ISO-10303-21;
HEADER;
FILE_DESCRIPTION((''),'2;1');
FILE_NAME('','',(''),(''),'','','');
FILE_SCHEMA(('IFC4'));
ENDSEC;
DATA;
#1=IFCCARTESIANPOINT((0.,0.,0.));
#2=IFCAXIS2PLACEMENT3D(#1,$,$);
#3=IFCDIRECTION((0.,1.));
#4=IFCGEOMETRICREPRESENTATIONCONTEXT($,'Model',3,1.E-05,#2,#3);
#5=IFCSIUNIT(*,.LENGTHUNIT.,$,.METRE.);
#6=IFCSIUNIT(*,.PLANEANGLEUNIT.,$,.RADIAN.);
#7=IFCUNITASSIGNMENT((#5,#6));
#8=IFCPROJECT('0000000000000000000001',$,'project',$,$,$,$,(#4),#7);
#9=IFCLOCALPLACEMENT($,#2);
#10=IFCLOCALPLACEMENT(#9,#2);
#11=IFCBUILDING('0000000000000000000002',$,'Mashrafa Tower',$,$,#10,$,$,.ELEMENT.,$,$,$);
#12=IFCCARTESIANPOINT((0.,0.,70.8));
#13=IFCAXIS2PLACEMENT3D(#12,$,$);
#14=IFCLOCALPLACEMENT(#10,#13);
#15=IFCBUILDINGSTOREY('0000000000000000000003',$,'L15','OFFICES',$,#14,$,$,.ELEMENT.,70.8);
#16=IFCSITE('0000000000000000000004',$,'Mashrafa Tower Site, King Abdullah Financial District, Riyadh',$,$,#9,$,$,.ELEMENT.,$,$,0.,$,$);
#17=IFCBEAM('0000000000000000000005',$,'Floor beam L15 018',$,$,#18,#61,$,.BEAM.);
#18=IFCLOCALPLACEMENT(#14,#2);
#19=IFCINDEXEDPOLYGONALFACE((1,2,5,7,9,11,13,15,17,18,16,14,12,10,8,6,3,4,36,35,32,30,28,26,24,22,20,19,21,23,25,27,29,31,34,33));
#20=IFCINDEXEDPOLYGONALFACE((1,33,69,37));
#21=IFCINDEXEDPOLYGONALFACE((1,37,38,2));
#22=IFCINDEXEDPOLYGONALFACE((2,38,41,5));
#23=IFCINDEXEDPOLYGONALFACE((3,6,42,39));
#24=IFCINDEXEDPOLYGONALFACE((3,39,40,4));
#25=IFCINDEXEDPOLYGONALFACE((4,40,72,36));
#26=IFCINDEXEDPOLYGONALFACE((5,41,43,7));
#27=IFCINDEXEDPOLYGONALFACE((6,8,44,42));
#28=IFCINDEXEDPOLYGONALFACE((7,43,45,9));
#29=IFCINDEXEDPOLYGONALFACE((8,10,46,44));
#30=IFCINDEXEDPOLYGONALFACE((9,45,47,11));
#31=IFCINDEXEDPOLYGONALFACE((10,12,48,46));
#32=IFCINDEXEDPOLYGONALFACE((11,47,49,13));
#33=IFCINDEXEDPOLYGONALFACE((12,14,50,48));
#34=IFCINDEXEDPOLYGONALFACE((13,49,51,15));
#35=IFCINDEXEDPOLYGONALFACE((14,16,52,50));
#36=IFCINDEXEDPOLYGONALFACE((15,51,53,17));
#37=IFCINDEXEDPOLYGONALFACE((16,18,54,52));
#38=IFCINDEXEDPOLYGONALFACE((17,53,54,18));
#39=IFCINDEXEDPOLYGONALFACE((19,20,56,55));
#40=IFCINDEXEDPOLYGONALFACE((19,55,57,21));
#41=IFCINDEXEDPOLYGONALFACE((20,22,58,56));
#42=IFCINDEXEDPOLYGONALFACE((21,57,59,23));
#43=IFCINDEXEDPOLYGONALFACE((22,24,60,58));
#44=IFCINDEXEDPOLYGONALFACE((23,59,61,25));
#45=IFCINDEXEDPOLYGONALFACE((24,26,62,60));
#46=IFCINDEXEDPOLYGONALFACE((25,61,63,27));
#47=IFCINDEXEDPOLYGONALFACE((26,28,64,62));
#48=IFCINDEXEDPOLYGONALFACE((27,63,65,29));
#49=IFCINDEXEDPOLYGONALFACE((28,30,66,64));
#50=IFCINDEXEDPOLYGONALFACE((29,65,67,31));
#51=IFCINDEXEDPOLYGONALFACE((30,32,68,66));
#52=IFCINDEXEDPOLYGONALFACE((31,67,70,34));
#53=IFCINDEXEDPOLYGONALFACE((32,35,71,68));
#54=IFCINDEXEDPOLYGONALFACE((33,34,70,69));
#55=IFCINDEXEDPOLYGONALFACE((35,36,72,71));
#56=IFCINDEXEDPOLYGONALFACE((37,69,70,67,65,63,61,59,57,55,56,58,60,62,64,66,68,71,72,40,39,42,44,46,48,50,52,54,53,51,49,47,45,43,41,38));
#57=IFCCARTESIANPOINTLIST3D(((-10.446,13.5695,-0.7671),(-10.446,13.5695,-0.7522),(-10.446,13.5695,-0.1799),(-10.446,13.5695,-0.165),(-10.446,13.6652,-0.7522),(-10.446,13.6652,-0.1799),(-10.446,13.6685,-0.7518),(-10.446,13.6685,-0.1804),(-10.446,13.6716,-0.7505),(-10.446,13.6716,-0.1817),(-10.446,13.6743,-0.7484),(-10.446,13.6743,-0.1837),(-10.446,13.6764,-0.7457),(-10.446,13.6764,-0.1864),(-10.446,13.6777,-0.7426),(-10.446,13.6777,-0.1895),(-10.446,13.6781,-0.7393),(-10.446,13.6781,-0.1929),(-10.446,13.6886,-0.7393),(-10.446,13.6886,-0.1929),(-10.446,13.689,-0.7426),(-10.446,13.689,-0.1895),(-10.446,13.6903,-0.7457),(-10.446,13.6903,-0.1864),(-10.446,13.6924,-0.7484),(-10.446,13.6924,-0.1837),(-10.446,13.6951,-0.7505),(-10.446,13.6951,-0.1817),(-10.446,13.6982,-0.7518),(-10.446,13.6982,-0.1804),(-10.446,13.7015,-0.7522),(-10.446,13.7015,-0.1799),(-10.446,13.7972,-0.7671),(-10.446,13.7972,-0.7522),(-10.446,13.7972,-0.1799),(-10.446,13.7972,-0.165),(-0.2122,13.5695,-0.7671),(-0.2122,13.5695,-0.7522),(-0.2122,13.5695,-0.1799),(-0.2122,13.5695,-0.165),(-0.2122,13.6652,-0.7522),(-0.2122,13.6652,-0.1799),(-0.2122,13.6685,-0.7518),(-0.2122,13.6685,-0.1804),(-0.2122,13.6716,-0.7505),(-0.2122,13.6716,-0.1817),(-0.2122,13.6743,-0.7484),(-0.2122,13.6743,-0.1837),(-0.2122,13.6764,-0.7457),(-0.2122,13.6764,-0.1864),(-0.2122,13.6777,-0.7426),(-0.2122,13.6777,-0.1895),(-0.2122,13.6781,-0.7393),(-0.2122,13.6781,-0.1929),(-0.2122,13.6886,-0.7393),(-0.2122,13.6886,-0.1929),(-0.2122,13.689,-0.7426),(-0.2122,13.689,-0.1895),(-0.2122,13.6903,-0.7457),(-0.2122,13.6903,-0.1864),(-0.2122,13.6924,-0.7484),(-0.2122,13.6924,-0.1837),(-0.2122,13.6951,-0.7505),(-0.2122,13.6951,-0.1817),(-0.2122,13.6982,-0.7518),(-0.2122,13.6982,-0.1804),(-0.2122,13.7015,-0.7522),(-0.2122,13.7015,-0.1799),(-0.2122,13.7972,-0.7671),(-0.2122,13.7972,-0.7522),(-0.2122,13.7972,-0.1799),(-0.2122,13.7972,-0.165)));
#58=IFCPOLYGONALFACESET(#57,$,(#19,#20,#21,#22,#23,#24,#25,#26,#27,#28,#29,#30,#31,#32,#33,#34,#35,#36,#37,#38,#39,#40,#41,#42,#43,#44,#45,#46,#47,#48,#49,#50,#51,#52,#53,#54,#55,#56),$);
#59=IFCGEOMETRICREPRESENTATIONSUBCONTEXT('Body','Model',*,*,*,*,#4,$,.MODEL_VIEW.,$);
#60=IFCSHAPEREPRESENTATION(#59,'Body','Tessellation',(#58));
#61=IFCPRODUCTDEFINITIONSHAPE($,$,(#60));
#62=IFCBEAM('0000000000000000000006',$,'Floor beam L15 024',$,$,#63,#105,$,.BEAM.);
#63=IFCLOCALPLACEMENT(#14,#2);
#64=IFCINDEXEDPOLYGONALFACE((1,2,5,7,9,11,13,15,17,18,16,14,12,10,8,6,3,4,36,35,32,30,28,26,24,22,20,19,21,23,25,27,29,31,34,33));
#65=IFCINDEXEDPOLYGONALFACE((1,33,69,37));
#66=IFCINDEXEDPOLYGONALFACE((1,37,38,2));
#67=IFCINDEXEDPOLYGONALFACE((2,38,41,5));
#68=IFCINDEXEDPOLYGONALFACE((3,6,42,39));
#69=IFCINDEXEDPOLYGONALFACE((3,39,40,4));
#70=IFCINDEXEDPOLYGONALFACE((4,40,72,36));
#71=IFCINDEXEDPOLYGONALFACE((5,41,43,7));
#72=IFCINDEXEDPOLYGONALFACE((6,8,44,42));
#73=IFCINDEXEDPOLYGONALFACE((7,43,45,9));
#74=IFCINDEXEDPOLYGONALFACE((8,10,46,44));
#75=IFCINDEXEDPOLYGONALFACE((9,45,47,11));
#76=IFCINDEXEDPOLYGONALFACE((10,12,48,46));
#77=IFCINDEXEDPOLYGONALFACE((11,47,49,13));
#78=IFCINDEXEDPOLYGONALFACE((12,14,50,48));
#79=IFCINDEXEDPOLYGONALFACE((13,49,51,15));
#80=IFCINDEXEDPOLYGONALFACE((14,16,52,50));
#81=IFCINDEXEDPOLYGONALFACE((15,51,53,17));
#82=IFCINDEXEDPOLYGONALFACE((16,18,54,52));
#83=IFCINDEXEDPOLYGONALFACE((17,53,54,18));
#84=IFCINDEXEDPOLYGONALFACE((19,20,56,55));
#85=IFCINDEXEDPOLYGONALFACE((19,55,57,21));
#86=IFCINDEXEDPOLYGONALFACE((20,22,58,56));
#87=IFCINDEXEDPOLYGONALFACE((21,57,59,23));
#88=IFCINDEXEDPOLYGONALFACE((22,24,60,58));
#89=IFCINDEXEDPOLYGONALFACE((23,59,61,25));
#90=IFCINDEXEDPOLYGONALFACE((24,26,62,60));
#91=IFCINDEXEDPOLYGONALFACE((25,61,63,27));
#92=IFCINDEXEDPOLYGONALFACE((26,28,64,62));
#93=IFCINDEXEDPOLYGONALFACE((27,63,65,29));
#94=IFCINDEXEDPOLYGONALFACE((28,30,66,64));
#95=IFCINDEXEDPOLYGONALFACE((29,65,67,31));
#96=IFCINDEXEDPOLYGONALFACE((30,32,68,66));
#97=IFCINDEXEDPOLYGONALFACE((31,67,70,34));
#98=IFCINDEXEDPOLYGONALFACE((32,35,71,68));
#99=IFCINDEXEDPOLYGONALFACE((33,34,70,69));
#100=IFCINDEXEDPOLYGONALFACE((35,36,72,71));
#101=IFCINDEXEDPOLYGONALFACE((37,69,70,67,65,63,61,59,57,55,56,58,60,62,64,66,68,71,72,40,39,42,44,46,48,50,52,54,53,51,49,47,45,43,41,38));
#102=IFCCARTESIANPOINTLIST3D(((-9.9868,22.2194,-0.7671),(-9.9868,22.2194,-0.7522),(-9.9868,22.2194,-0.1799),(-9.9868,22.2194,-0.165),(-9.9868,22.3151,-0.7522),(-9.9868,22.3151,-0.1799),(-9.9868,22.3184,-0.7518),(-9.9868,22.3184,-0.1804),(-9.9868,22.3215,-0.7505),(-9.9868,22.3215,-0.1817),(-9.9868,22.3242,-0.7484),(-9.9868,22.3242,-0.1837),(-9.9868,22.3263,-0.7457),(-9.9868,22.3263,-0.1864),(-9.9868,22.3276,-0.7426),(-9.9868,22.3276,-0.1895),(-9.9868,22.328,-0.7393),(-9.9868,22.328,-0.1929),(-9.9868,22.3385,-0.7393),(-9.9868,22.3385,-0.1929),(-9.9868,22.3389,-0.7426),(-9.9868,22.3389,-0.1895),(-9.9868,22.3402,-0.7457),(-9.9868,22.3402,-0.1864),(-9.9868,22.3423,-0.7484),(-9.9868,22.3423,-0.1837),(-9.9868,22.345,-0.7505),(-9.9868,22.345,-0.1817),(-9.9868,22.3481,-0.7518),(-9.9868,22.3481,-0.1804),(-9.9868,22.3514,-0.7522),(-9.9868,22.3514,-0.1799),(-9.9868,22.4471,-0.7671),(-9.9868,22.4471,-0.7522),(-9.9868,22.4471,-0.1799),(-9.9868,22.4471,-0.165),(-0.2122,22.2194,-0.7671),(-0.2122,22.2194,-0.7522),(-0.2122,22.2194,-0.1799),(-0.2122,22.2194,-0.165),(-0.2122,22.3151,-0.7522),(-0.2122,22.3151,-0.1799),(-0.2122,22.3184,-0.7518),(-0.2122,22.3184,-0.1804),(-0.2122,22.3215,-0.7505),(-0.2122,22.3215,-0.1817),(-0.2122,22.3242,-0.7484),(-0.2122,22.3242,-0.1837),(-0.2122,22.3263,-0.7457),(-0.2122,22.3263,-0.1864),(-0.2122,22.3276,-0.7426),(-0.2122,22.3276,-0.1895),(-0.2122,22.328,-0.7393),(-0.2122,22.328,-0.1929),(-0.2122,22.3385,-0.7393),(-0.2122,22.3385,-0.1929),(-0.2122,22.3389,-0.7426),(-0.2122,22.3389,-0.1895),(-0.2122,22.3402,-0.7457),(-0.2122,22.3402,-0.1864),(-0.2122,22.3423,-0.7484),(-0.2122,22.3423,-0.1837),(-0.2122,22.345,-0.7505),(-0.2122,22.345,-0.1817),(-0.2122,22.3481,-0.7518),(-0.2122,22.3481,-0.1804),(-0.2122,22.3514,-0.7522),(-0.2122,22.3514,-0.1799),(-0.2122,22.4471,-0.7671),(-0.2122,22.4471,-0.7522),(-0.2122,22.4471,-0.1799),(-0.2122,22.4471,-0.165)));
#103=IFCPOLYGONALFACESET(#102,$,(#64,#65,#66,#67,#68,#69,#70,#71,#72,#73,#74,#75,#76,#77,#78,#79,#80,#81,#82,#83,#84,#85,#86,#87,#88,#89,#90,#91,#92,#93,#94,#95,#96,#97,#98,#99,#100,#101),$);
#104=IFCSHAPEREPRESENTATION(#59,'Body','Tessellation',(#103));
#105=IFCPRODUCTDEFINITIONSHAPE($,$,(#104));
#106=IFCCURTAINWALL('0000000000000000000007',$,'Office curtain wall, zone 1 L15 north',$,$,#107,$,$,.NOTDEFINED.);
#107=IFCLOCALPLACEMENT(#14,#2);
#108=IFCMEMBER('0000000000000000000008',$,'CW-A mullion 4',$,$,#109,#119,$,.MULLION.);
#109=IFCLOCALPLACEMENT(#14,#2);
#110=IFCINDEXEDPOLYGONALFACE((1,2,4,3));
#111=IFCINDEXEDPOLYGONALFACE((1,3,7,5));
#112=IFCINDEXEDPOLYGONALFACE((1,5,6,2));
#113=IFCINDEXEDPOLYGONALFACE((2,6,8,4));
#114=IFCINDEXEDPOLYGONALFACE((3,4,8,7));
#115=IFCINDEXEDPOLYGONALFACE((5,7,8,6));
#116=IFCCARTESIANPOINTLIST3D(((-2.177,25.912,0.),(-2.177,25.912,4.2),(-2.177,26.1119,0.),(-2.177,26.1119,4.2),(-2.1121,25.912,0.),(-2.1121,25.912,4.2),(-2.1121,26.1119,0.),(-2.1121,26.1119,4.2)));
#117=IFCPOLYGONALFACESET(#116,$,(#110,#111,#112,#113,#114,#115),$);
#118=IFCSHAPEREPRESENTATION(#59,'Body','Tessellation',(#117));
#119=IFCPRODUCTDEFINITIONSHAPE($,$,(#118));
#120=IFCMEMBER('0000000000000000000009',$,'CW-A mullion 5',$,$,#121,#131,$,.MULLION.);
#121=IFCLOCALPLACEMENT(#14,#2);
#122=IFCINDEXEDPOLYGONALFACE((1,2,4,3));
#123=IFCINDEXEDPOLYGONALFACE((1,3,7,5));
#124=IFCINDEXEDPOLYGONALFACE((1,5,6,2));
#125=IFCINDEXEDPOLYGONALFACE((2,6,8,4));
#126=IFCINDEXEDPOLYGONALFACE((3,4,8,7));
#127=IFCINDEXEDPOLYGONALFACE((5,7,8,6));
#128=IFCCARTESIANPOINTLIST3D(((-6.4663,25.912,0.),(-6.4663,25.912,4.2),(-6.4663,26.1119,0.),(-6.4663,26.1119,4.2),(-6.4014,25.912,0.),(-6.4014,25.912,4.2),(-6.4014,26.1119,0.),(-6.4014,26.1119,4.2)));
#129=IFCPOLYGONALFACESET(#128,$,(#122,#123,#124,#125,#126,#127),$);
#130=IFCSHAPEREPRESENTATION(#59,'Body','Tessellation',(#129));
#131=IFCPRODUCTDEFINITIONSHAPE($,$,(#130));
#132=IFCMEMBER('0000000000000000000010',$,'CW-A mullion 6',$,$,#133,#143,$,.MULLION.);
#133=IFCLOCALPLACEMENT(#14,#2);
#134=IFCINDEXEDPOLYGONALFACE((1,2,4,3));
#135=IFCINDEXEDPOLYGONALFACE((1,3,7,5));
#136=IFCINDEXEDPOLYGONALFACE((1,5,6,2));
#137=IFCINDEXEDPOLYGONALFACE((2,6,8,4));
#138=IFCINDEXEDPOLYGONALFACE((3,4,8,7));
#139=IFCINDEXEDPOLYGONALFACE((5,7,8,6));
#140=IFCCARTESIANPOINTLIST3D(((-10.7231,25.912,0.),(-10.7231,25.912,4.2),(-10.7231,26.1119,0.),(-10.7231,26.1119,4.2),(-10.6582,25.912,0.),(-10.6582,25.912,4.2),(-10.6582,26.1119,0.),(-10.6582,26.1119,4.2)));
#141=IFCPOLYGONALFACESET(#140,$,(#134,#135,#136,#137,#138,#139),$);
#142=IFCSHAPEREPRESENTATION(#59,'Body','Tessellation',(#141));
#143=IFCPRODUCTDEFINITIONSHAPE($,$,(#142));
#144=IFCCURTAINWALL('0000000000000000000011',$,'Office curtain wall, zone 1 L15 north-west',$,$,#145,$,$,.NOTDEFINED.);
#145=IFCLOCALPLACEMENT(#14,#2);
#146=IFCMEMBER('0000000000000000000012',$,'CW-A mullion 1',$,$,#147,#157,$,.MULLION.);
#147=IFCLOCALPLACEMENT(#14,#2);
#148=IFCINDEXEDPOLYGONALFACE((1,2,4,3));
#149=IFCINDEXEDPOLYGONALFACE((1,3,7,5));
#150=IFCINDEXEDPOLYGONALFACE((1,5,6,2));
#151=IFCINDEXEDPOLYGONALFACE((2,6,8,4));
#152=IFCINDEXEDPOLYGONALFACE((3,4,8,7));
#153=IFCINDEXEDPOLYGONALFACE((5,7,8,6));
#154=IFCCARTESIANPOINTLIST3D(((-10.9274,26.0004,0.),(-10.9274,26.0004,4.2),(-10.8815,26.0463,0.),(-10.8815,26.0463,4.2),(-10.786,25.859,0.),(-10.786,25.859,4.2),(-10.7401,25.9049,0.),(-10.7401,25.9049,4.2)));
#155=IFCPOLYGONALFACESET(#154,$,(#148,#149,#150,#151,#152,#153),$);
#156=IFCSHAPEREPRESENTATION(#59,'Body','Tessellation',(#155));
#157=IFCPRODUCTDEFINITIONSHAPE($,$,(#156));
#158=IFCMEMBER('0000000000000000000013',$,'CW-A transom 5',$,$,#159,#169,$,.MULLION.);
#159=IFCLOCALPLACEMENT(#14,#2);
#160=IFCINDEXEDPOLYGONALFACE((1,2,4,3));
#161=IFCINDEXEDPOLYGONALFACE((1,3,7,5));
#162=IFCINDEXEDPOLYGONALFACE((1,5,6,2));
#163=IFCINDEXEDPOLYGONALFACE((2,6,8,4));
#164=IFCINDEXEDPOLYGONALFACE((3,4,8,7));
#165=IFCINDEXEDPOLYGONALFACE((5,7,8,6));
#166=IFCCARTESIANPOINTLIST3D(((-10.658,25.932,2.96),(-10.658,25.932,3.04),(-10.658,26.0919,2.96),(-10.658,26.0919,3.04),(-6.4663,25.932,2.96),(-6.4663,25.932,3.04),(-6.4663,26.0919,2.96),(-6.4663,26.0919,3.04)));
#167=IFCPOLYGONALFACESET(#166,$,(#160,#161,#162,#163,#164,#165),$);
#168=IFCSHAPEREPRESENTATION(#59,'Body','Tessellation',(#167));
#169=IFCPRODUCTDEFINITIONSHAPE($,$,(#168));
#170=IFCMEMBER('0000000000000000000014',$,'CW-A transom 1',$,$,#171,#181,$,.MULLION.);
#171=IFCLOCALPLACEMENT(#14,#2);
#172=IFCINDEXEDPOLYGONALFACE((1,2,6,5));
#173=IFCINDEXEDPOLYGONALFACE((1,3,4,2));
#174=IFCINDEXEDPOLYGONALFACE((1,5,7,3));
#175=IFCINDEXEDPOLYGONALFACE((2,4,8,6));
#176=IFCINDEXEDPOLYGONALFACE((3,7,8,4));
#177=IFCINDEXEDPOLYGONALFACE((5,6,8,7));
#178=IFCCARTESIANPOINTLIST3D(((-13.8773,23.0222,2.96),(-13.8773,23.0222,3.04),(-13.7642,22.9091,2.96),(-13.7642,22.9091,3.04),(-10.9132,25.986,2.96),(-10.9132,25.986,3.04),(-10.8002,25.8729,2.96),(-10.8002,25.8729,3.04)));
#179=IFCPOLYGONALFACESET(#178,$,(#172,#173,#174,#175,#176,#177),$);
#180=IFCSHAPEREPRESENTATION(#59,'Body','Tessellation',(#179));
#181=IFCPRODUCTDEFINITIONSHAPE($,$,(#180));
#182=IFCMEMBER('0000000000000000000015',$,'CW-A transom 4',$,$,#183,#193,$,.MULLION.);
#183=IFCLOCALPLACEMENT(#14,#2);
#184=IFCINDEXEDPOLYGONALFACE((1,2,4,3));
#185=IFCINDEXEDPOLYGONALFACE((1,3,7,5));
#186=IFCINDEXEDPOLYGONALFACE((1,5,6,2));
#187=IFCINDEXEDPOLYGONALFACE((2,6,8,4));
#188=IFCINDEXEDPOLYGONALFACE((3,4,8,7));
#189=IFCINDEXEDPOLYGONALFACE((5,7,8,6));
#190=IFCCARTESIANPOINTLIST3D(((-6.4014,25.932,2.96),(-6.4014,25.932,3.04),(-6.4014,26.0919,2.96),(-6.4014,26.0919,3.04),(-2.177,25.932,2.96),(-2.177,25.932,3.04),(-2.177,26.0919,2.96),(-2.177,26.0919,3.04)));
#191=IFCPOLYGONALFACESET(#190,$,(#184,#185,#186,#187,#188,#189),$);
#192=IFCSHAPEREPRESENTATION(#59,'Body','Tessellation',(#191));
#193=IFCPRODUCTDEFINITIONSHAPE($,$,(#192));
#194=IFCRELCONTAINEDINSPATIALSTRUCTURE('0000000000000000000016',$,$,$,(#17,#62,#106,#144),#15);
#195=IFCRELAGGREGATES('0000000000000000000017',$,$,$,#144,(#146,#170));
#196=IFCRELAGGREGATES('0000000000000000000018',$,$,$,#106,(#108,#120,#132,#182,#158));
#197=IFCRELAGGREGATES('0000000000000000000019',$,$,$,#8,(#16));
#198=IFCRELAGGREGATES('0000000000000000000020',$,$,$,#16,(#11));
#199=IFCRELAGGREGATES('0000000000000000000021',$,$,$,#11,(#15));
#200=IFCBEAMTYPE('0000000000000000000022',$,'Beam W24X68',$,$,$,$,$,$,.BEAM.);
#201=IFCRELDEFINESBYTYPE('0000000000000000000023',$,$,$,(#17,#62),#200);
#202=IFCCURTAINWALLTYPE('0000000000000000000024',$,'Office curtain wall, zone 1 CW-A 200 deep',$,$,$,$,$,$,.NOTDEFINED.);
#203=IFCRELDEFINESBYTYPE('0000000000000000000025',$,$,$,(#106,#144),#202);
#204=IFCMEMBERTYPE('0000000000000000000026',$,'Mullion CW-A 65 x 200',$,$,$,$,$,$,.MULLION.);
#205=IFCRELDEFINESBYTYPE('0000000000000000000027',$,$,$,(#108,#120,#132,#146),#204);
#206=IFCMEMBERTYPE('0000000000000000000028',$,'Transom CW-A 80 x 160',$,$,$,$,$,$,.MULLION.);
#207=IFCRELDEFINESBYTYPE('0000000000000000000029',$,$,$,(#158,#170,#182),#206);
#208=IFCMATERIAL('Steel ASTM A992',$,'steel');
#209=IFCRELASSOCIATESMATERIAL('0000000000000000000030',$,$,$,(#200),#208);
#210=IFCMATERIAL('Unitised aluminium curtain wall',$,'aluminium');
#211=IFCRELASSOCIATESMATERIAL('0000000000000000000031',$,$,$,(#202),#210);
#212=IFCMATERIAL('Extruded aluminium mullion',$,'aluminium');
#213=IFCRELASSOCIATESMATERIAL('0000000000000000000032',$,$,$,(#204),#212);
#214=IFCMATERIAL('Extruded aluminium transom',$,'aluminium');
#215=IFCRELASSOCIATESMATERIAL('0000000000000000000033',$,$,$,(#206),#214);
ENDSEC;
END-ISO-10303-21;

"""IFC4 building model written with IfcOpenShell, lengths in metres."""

from ifc_helpers import new_model, si_unit, direction, frame, origin, origin_2d, place, context, subcontext, project, spatial, rectangle, i_section, extrude, source, transform, mapped, material, material_profile, profile_set, type_object, type_shapes, element, aggregate, save


model = new_model("IFC4")

# Units and contexts
model_context = context("Model", 3, precision=1e-05, world=origin(), true_north=direction((0.0, 1.0)))
body_context = subcontext(model_context, "Body", "Model", "MODEL_VIEW")
ifc_project = project(units=[si_unit("LENGTHUNIT", "METRE"), si_unit("PLANEANGLEUNIT", "RADIAN")], contexts=[model_context])

# Site, building, storey
site_placement = place(None, origin())
site = spatial("IfcSite", under=ifc_project, at=site_placement, Name="Mashrafa Tower Site, King Abdullah Financial District, Riyadh", CompositionType="ELEMENT", RefElevation=0.0)
building_placement = place(site_placement, origin())
building = spatial("IfcBuilding", under=site, at=building_placement, Name="Mashrafa Tower", CompositionType="ELEMENT")
storey_placement = place(building_placement, frame((0.0, 0.0, 70.8)))
storey = spatial("IfcBuildingStorey", under=building, at=storey_placement, Name="L15", Description="OFFICES", CompositionType="ELEMENT", Elevation=70.8)

# Beams
ifc_material_1 = material(Name="Steel ASTM A992", Category="steel")
ifc_material_profile_1 = material_profile(ifc_material_1, i_section(OverallWidth=0.2278, OverallDepth=0.6021, WebThickness=0.0105, FlangeThickness=0.0149, FilletRadius=0.0129, at=origin_2d()), Name="W24X68")
ifc_profile_set_1 = profile_set([ifc_material_profile_1], Name="Steel ASTM A992")
beam_type_1 = type_object("IfcBeamType", Name="Beam W24X68", PredefinedType="BEAM", material=ifc_profile_set_1)
beam_1_placement = place(storey_placement, frame((-10.446, 13.6833, -0.4661), z_axis=(1.0, 0.0, 0.0), x_axis=(0.0, 1.0, 0.0)))
element("IfcBeam", 1, at=beam_1_placement, inside=storey, type_object=beam_type_1, Name="Floor beam L15 018", PredefinedType="BEAM", context=body_context, shape_type="SweptSolid", body=[
    extrude(i_section(OverallWidth=0.2278, OverallDepth=0.6021, WebThickness=0.0105, FlangeThickness=0.0149, FilletRadius=0.0129, at=origin_2d()), origin(), (0.0, 0.0, 1.0), 10.2339),
])
beam_2_placement = place(storey_placement, frame((-9.9868, 22.3333, -0.4661), z_axis=(1.0, 0.0, 0.0), x_axis=(0.0, 1.0, 0.0)))
element("IfcBeam", 2, at=beam_2_placement, inside=storey, type_object=beam_type_1, Name="Floor beam L15 024", PredefinedType="BEAM", context=body_context, shape_type="SweptSolid", body=[
    extrude(i_section(OverallWidth=0.2278, OverallDepth=0.6021, WebThickness=0.0105, FlangeThickness=0.0149, FilletRadius=0.0129, at=origin_2d()), origin(), (0.0, 0.0, 1.0), 9.7747),
])

# Curtain wall, members
ifc_material_2 = material(Name="Unitised aluminium curtain wall", Category="aluminium")
curtain_wall_type = type_object("IfcCurtainWallType", Name="Office curtain wall, zone 1 CW-A 200 deep", PredefinedType="NOTDEFINED", material=ifc_material_2)
curtain_wall_1_placement = place(storey_placement, origin())
curtain_wall_1 = element("IfcCurtainWall", 3, at=curtain_wall_1_placement, inside=storey, type_object=curtain_wall_type, Name="Office curtain wall, zone 1 L15 north", PredefinedType="NOTDEFINED")
ifc_material_3 = material(Name="Extruded aluminium mullion", Category="aluminium")
ifc_material_profile_2 = material_profile(ifc_material_3, rectangle(XDim=0.2, YDim=0.0649, at=origin_2d()), Name="Mullion 65x200")
ifc_profile_set_2 = profile_set([ifc_material_profile_2], Name="Extruded aluminium mullion")
member_type_1 = type_object("IfcMemberType", Name="Mullion CW-A 65 x 200", PredefinedType="MULLION", material=ifc_profile_set_2)
shared_shape_1 = source(origin(), body_context, "Body", "SweptSolid", [
    extrude(rectangle(XDim=0.2, YDim=0.0649, at=origin_2d()), origin(), (0.0, 0.0, 1.0), 4.2),
])
type_shapes(member_type_1, [shared_shape_1])
member_1_placement = place(storey_placement, frame((-2.1445, 26.012, 0.0), z_axis=(0.0, 0.0, 1.0), x_axis=(0.0, -1.0, 0.0)))
member_1 = element("IfcMember", 4, at=member_1_placement, type_object=member_type_1, Name="CW-A mullion 4", PredefinedType="MULLION", context=body_context, shape_type="MappedRepresentation", body=[
    mapped(shared_shape_1, transform((0.0, 0.0, 0.0))),
])
member_2_placement = place(storey_placement, frame((-6.4338, 26.012, 0.0), z_axis=(0.0, 0.0, 1.0), x_axis=(0.0, -1.0, 0.0)))
member_2 = element("IfcMember", 5, at=member_2_placement, type_object=member_type_1, Name="CW-A mullion 5", PredefinedType="MULLION", context=body_context, shape_type="MappedRepresentation", body=[
    mapped(shared_shape_1, transform((0.0, 0.0, 0.0))),
])
member_3_placement = place(storey_placement, frame((-10.6907, 26.012, 0.0), z_axis=(0.0, 0.0, 1.0), x_axis=(0.0, -1.0, 0.0)))
member_3 = element("IfcMember", 6, at=member_3_placement, type_object=member_type_1, Name="CW-A mullion 6", PredefinedType="MULLION", context=body_context, shape_type="MappedRepresentation", body=[
    mapped(shared_shape_1, transform((0.0, 0.0, 0.0))),
])

# Curtain wall, member
curtain_wall_2_placement = place(storey_placement, origin())
curtain_wall_2 = element("IfcCurtainWall", 7, at=curtain_wall_2_placement, inside=storey, type_object=curtain_wall_type, Name="Office curtain wall, zone 1 L15 north-west", PredefinedType="NOTDEFINED")
member_4_placement = place(storey_placement, frame((-10.8337, 25.9526, 0.0), z_axis=(0.0, 0.0, 1.0), x_axis=(0.707107, -0.707107, 0.0)))
member_4 = element("IfcMember", 8, at=member_4_placement, type_object=member_type_1, Name="CW-A mullion 1", PredefinedType="MULLION", context=body_context, shape_type="MappedRepresentation", body=[
    mapped(shared_shape_1, transform((0.0, 0.0, 0.0))),
])

# Members
ifc_material_4 = material(Name="Extruded aluminium transom", Category="aluminium")
ifc_material_profile_3 = material_profile(ifc_material_4, rectangle(XDim=0.1599, YDim=0.0801, at=origin_2d()), Name="Transom 80x160")
ifc_profile_set_3 = profile_set([ifc_material_profile_3], Name="Extruded aluminium transom")
member_type_2 = type_object("IfcMemberType", Name="Transom CW-A 80 x 160", PredefinedType="MULLION", material=ifc_profile_set_3)
shared_shape_2 = source(origin(), body_context, "Body", "SweptSolid", [
    extrude(rectangle(XDim=0.1599, YDim=0.0801, at=origin_2d()), origin(), (0.0, 0.0, 1.0), 4.1917),
])
member_5_placement = place(storey_placement, frame((-6.4663, 26.012, 3.0), z_axis=(-1.0, 0.0, 0.0), x_axis=(0.0, -1.0, 0.0)))
member_5 = element("IfcMember", 9, at=member_5_placement, type_object=member_type_2, Name="CW-A transom 5", PredefinedType="MULLION", context=body_context, shape_type="MappedRepresentation", body=[
    mapped(shared_shape_2, transform((0.0, 0.0, 0.0))),
])
member_6_placement = place(storey_placement, frame((-10.8567, 25.9294, 3.0), z_axis=(-0.707136, -0.707078, 0.0), x_axis=(0.707078, -0.707136, 0.0)))
member_6 = element("IfcMember", 10, at=member_6_placement, type_object=member_type_2, Name="CW-A transom 1", PredefinedType="MULLION", context=body_context, shape_type="MappedRepresentation", body=[
    mapped(shared_shape_2, transform((0.0, 0.0, 0.0))),
])
shared_shape_3 = source(origin(), body_context, "Body", "SweptSolid", [
    extrude(rectangle(XDim=0.1599, YDim=0.0801, at=origin_2d()), origin(), (0.0, 0.0, 1.0), 4.2244),
])
type_shapes(member_type_2, [shared_shape_2, shared_shape_3])
member_7_placement = place(storey_placement, frame((-2.177, 26.012, 3.0), z_axis=(-1.0, 0.0, 0.0), x_axis=(0.0, -1.0, 0.0)))
member_7 = element("IfcMember", 11, at=member_7_placement, type_object=member_type_2, Name="CW-A transom 4", PredefinedType="MULLION", context=body_context, shape_type="MappedRepresentation", body=[
    mapped(shared_shape_3, transform((0.0, 0.0, 0.0))),
])

aggregate(curtain_wall_2, [member_4, member_6])
aggregate(curtain_wall_1, [member_1, member_2, member_3, member_7, member_5])

save(model, "model.ifc")
